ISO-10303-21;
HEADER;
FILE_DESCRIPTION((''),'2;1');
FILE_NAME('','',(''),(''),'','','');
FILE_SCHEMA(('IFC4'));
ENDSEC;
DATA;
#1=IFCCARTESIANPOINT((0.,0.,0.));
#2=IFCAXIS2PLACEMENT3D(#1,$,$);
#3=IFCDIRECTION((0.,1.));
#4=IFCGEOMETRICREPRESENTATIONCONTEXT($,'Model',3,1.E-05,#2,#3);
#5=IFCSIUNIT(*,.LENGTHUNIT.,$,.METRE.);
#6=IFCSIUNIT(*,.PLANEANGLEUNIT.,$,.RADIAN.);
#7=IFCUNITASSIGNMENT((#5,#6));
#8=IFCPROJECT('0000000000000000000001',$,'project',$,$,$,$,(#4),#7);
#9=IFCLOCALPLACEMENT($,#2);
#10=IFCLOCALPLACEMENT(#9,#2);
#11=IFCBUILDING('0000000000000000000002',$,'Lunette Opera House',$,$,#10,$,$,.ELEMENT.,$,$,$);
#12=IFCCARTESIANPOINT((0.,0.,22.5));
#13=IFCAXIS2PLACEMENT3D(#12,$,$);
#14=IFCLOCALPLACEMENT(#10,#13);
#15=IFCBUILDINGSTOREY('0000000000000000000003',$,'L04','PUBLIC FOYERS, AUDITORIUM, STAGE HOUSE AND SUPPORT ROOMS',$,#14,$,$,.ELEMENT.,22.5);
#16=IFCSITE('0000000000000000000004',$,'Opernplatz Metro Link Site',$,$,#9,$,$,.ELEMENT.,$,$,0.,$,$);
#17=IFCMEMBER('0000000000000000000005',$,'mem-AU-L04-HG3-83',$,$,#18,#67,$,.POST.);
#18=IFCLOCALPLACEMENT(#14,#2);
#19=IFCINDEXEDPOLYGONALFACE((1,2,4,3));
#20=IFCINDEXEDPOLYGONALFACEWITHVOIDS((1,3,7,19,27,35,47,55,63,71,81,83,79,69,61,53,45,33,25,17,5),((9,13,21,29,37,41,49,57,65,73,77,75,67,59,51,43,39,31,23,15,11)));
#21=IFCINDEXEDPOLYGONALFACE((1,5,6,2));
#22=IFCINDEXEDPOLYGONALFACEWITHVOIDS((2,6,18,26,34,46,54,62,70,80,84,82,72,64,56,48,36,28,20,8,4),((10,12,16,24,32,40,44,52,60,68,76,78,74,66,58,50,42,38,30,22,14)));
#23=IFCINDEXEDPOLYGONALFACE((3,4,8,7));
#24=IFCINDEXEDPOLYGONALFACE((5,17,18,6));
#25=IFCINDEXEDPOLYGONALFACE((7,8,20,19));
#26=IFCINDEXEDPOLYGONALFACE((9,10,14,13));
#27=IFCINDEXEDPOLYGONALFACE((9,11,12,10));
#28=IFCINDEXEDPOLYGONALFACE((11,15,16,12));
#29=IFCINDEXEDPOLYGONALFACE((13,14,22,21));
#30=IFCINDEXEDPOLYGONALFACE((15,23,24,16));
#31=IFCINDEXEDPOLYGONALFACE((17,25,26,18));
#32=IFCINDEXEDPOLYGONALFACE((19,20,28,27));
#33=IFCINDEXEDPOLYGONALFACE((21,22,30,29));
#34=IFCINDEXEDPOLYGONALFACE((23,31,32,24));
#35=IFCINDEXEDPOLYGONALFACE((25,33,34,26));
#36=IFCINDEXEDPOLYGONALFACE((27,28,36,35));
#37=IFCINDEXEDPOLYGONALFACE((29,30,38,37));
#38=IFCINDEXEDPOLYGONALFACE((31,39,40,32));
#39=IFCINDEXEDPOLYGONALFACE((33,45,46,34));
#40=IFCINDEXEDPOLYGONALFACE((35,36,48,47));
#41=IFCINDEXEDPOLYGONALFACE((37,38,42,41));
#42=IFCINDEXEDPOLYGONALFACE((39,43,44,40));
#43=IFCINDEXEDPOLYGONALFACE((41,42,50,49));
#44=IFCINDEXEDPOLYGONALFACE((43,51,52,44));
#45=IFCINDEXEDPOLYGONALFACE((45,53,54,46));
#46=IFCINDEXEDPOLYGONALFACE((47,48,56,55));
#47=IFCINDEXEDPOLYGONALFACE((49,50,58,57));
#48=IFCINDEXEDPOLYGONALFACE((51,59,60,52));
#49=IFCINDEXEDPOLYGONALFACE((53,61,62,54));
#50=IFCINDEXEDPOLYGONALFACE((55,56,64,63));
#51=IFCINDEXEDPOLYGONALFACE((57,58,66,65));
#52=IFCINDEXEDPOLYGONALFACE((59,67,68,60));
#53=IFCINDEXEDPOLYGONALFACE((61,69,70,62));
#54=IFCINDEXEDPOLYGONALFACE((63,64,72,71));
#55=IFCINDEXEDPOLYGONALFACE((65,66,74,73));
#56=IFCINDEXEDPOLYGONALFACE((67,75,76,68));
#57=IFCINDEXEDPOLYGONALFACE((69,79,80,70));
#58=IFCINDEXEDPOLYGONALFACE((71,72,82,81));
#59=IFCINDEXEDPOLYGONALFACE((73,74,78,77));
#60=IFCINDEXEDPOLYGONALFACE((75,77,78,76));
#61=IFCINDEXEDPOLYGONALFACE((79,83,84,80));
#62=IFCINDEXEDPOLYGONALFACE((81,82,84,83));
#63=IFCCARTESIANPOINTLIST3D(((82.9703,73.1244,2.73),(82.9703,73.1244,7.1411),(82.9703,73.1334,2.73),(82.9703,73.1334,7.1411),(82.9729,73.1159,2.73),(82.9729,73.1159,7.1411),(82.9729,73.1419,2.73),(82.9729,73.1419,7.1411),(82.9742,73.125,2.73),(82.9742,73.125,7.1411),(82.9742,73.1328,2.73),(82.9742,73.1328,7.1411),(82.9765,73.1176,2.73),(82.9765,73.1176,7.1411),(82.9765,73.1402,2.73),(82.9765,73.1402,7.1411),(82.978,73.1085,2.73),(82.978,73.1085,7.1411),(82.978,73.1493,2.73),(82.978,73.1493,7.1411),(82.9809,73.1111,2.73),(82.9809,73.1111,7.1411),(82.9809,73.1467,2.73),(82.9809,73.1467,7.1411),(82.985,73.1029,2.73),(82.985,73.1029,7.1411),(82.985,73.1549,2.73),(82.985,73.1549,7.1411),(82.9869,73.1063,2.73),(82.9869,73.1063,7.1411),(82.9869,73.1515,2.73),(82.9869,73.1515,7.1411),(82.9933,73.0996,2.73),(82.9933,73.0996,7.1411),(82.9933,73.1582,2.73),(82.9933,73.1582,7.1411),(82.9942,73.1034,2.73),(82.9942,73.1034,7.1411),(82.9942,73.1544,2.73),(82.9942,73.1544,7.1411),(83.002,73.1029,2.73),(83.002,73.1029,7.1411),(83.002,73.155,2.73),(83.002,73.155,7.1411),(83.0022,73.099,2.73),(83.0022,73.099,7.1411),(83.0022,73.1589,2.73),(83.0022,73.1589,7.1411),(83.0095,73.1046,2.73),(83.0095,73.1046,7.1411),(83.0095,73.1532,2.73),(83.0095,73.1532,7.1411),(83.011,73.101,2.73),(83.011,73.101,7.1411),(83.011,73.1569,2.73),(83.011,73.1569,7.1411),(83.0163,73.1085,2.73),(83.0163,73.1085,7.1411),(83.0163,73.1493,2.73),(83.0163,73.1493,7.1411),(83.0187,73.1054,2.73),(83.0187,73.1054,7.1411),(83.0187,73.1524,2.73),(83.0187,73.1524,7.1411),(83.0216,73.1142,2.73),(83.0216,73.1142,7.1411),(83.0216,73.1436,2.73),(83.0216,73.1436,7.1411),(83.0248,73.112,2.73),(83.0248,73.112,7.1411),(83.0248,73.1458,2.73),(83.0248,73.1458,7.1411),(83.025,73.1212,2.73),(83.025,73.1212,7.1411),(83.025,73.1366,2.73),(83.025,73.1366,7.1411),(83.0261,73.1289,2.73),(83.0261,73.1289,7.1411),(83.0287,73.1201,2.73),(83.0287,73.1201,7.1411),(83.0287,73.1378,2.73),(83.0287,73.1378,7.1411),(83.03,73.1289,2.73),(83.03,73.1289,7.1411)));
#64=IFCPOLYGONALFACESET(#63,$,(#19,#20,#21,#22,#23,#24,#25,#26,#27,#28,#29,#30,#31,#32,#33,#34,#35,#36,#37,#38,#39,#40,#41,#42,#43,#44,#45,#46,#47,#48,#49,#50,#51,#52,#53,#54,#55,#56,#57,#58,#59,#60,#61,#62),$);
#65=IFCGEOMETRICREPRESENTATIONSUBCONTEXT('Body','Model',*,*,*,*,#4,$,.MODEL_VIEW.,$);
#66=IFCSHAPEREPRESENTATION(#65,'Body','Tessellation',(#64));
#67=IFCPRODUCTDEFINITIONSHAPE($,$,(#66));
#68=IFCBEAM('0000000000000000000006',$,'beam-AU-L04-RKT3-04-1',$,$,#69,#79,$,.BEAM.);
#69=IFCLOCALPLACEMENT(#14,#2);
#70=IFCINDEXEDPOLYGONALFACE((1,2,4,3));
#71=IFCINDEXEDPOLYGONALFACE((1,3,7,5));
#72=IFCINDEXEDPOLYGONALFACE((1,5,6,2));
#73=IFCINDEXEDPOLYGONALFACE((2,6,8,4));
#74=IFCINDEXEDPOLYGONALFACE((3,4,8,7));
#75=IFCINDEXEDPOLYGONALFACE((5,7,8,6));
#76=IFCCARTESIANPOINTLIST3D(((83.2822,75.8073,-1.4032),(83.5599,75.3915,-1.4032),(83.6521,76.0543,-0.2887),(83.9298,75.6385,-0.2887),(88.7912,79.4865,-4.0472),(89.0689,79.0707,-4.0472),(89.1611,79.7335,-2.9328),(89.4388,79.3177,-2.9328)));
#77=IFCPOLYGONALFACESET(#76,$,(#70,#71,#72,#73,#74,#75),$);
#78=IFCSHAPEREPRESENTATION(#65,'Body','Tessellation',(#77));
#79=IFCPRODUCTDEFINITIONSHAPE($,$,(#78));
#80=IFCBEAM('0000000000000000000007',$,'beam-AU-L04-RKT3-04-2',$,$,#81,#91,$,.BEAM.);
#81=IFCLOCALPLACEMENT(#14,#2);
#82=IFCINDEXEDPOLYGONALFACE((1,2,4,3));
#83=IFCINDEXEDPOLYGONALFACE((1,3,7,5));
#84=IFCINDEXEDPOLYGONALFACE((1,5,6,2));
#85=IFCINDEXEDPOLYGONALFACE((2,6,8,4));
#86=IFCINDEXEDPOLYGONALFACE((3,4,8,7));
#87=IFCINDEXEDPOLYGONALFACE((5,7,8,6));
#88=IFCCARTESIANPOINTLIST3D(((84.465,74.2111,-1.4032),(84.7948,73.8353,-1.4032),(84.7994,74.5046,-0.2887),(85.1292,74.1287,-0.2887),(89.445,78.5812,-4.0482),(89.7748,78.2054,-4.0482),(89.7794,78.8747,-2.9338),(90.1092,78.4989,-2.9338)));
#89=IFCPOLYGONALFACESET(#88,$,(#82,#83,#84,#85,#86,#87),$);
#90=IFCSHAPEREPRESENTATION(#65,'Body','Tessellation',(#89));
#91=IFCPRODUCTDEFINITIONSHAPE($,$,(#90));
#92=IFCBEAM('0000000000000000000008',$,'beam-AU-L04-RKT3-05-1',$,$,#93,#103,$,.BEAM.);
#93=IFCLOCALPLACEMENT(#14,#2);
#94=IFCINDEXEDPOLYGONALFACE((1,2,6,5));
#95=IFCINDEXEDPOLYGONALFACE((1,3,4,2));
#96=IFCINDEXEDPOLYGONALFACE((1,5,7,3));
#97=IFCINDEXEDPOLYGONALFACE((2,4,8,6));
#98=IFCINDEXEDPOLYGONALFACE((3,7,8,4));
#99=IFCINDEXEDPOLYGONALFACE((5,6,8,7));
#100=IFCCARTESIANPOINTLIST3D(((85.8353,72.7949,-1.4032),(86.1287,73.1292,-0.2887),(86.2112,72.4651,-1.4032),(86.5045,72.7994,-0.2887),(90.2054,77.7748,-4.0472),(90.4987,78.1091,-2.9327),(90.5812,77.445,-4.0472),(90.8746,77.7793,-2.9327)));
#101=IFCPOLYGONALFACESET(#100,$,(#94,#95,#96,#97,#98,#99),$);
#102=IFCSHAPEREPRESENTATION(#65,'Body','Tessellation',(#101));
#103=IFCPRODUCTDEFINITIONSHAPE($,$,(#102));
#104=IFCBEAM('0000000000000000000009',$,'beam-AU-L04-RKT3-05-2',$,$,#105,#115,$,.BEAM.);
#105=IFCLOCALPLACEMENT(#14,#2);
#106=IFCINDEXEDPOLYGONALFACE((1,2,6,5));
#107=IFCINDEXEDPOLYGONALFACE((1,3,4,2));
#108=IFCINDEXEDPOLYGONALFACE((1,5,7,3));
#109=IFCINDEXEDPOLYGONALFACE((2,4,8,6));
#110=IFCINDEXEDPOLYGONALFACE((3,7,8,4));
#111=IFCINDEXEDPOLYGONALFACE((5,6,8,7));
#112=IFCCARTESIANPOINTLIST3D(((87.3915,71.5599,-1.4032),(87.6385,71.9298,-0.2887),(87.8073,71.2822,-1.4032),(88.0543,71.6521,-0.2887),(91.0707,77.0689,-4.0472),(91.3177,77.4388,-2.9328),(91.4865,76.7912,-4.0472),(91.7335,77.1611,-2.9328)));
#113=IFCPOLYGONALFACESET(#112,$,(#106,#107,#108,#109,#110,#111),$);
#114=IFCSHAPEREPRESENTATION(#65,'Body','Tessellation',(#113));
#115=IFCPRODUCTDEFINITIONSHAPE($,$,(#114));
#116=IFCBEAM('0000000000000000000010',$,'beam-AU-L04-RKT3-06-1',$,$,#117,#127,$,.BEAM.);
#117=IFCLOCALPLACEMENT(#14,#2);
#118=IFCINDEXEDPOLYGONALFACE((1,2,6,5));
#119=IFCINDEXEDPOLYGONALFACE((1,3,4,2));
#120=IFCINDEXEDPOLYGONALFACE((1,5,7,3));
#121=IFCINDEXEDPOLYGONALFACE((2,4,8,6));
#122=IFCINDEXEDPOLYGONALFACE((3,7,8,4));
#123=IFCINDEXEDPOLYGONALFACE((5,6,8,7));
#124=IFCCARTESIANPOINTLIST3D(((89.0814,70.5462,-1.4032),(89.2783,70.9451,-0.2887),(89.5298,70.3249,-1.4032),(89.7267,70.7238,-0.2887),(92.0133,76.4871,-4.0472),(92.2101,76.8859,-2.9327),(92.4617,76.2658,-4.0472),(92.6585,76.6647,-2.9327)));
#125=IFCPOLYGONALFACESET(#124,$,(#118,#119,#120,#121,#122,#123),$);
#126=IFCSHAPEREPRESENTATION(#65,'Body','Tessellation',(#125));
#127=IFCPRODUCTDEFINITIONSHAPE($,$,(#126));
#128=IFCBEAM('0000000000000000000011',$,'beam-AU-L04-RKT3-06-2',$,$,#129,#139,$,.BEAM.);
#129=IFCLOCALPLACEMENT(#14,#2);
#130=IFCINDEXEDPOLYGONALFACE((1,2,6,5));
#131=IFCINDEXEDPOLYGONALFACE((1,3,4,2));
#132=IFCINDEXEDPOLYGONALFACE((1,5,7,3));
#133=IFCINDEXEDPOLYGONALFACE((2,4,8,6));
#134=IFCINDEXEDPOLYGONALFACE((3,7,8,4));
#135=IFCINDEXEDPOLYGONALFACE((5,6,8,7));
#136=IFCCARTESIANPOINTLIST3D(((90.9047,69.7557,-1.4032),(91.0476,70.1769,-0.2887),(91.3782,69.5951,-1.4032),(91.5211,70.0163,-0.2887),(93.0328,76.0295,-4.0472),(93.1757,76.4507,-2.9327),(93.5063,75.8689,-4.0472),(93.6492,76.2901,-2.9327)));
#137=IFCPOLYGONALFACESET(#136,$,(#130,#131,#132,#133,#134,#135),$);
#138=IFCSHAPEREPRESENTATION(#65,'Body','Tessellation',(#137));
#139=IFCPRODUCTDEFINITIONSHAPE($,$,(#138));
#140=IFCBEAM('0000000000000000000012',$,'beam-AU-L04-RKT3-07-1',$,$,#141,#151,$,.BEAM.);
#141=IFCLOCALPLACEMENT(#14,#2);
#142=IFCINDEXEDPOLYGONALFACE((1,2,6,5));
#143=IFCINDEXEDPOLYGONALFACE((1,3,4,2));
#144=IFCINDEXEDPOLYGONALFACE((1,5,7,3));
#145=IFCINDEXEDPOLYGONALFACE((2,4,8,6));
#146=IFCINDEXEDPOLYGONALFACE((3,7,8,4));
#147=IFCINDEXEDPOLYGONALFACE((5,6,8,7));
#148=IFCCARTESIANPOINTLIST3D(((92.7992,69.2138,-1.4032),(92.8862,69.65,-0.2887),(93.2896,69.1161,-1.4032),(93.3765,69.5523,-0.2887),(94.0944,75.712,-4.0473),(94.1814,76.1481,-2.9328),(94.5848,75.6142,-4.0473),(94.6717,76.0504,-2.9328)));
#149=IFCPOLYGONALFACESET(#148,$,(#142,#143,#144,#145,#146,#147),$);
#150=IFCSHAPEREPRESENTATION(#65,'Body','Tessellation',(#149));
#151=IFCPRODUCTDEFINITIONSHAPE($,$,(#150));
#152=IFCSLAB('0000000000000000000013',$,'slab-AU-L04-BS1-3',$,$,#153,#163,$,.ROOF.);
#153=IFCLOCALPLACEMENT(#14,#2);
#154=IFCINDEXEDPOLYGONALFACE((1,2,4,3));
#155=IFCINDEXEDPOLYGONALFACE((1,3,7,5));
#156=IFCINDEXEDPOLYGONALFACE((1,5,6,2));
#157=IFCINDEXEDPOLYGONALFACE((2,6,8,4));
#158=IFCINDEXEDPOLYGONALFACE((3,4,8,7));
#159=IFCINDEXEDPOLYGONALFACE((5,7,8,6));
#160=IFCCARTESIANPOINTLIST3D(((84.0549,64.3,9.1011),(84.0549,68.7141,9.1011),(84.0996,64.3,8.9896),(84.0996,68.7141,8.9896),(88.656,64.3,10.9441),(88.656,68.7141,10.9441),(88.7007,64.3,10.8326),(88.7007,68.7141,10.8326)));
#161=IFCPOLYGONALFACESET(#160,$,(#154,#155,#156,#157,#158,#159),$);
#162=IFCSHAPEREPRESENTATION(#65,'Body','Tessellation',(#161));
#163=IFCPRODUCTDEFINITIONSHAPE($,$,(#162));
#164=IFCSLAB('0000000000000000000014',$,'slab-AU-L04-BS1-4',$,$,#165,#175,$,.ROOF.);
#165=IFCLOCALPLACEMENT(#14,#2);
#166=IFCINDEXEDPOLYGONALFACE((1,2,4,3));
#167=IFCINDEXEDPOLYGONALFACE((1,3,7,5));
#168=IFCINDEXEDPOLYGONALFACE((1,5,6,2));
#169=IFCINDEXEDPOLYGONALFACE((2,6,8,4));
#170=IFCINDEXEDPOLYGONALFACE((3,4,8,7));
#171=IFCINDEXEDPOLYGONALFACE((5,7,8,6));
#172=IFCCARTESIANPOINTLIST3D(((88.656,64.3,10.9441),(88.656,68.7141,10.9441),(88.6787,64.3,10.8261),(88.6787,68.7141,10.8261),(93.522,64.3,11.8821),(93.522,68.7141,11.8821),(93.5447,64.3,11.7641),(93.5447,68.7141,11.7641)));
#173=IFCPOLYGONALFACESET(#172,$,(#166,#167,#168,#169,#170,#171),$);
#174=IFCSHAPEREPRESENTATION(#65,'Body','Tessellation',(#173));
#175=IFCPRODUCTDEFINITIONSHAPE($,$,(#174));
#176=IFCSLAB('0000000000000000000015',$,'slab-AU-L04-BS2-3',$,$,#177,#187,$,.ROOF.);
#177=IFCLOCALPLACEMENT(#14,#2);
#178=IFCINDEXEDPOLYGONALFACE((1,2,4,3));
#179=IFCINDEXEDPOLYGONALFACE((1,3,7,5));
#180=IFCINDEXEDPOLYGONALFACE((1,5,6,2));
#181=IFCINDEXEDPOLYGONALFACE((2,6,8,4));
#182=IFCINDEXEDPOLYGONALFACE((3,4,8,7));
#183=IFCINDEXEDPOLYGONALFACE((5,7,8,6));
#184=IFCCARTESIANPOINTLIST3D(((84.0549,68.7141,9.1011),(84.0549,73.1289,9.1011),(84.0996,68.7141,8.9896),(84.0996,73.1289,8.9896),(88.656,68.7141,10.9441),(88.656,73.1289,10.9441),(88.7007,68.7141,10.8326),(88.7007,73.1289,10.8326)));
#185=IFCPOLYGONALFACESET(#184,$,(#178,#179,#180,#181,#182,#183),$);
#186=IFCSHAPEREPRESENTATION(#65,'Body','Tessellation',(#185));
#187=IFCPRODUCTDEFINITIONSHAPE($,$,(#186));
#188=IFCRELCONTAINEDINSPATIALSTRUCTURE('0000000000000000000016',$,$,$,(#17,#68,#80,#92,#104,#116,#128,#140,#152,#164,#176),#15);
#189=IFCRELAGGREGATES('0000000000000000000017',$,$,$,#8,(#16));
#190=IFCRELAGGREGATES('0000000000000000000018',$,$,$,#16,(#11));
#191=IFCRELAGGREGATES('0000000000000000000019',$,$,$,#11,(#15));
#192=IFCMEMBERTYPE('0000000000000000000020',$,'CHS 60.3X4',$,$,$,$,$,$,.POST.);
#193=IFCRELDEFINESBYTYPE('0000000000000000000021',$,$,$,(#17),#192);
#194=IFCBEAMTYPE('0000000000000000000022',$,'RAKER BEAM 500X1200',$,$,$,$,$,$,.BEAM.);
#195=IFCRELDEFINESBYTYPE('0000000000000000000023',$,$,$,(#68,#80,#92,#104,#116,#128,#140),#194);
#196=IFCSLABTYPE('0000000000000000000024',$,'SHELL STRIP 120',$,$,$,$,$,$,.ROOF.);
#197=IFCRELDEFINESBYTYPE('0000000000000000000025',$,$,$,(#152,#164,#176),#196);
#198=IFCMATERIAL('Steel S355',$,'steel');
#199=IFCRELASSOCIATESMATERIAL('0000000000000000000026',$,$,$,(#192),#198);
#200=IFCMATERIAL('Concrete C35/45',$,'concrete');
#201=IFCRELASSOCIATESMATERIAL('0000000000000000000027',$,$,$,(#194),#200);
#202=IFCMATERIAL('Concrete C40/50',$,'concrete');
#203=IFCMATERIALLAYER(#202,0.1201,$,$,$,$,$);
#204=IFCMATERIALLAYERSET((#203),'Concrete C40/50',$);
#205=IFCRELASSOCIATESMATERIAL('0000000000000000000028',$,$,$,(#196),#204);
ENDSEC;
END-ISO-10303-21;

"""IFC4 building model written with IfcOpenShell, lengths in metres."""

from ifc_helpers import new_model, si_unit, direction, frame, origin, origin_2d, place, context, subcontext, project, spatial, polyline, rectangle, hollow_circle, outline, extrude, material, layer, layer_set, material_profile, profile_set, type_object, element, save


model = new_model("IFC4")

# Units and contexts
model_context = context("Model", 3, precision=1e-05, world=origin(), true_north=direction((0.0, 1.0)))
body_context = subcontext(model_context, "Body", "Model", "MODEL_VIEW")
ifc_project = project(units=[si_unit("LENGTHUNIT", "METRE"), si_unit("PLANEANGLEUNIT", "RADIAN")], contexts=[model_context])

# Site, building, storey
site_placement = place(None, origin())
site = spatial("IfcSite", under=ifc_project, at=site_placement, Name="Opernplatz Metro Link Site", CompositionType="ELEMENT", RefElevation=0.0)
building_placement = place(site_placement, origin())
building = spatial("IfcBuilding", under=site, at=building_placement, Name="Lunette Opera House", CompositionType="ELEMENT")
storey_placement = place(building_placement, frame((0.0, 0.0, 22.5)))
storey = spatial("IfcBuildingStorey", under=building, at=storey_placement, Name="L04", Description="PUBLIC FOYERS, AUDITORIUM, STAGE HOUSE AND SUPPORT ROOMS", CompositionType="ELEMENT", Elevation=22.5)

# Member
ifc_material_1 = material(Name="Steel S355", Category="steel")
ifc_material_profile_1 = material_profile(ifc_material_1, hollow_circle(Radius=0.03, WallThickness=0.0039, at=origin_2d()), Name="CHS 60.3X4")
ifc_profile_set_1 = profile_set([ifc_material_profile_1], Name="Steel S355")
member_type = type_object("IfcMemberType", Name="CHS 60.3X4", PredefinedType="POST", material=ifc_profile_set_1)
for number, where, z_axis, x_axis, name in (
    (1, (83.0, 73.1289, 2.73), (0.0, 0.0, 1.0), (1.0, 0.0, 0.0), "mem-AU-L04-HG3-83"),
):
    element("IfcMember", number, at=place(storey_placement, frame(where, z_axis=z_axis, x_axis=x_axis)), inside=storey, type_object=member_type, Name=name, PredefinedType="POST", context=body_context, shape_type="SweptSolid", body=[
        extrude(hollow_circle(Radius=0.03, WallThickness=0.0039, at=origin_2d()), origin(), (0.0, 0.0, 1.0), 4.4111),
    ])

# Beams
ifc_material_2 = material(Name="Concrete C35/45", Category="concrete")
ifc_material_profile_2 = material_profile(ifc_material_2, rectangle(XDim=0.5, YDim=1.2, at=origin_2d()), Name="RAKER BEAM 500X1200")
ifc_profile_set_2 = profile_set([ifc_material_profile_2], Name="Concrete C35/45")
beam_type_1 = type_object("IfcBeamType", Name="RAKER BEAM 500X1200", PredefinedType="BEAM", material=ifc_profile_set_2)
beam_1_placement = place(storey_placement, frame((83.606, 75.7229, -0.8459), z_axis=(0.772352, 0.515814, -0.370688), x_axis=(-0.55538, 0.831596, 0.0)))
element("IfcBeam", 2, at=beam_1_placement, inside=storey, type_object=beam_type_1, Name="beam-AU-L04-RKT3-04-1", PredefinedType="BEAM", context=body_context, shape_type="SweptSolid", body=[
    extrude(rectangle(XDim=0.5, YDim=1.2, at=origin_2d()), origin(), (0.0, 0.0, 1.0), 7.1328),
])
beam_2_placement = place(storey_placement, frame((84.7971, 74.1699, -0.8459), z_axis=(0.698061, 0.612574, -0.370761), x_axis=(-0.659584, 0.751631, 0.0)))
element("IfcBeam", 3, at=beam_2_placement, inside=storey, type_object=beam_type_1, Name="beam-AU-L04-RKT3-04-2", PredefinedType="BEAM", context=body_context, shape_type="SweptSolid", body=[
    extrude(rectangle(XDim=0.5, YDim=1.2, at=origin_2d()), origin(), (0.0, 0.0, 1.0), 7.134),
])
beam_3_placement = place(storey_placement, frame((86.1699, 72.7971, -0.8459), z_axis=(0.612605, 0.698096, -0.370643), x_axis=(-0.751631, 0.659584, 0.0)))
element("IfcBeam", 4, at=beam_3_placement, inside=storey, type_object=beam_type_1, Name="beam-AU-L04-RKT3-05-1", PredefinedType="BEAM", context=body_context, shape_type="SweptSolid", body=[
    extrude(rectangle(XDim=0.5, YDim=1.2, at=origin_2d()), origin(), (0.0, 0.0, 1.0), 7.1335),
])
beam_4_placement = place(storey_placement, frame((87.7229, 71.606, -0.8459), z_axis=(0.515814, 0.772352, -0.370688), x_axis=(-0.831596, 0.55538, 0.0)))
element("IfcBeam", 5, at=beam_4_placement, inside=storey, type_object=beam_type_1, Name="beam-AU-L04-RKT3-05-2", PredefinedType="BEAM", context=body_context, shape_type="SweptSolid", body=[
    extrude(rectangle(XDim=0.5, YDim=1.2, at=origin_2d()), origin(), (0.0, 0.0, 1.0), 7.1328),
])
for number, where, z_axis, x_axis, name in (
    (6, (89.4041, 70.635, -0.8459), (0.411024, 0.832864, -0.370671), (-0.896744, 0.44255, 0.0), "beam-AU-L04-RKT3-06-1"),
    (7, (91.2129, 69.886, -0.8459), (0.298349, 0.879541, -0.370668), (-0.947001, 0.321231, 0.0), "beam-AU-L04-RKT3-06-2"),
):
    element("IfcBeam", number, at=place(storey_placement, frame(where, z_axis=z_axis, x_axis=x_axis)), inside=storey, type_object=beam_type_1, Name=name, PredefinedType="BEAM", context=body_context, shape_type="SweptSolid", body=[
        extrude(rectangle(XDim=0.5, YDim=1.2, at=origin_2d()), origin(), (0.0, 0.0, 1.0), 7.1331),
    ])
beam_5_placement = place(storey_placement, frame((93.0879, 69.3831, -0.8459), z_axis=(0.18155, 0.910864, -0.370629), x_axis=(-0.980709, 0.195471, 0.0)))
element("IfcBeam", 8, at=beam_5_placement, inside=storey, type_object=beam_type_1, Name="beam-AU-L04-RKT3-07-1", PredefinedType="BEAM", context=body_context, shape_type="SweptSolid", body=[
    extrude(rectangle(XDim=0.5, YDim=1.2, at=origin_2d()), origin(), (0.0, 0.0, 1.0), 7.134),
])

# Slabs
ifc_material_3 = material(Name="Concrete C40/50", Category="concrete")
ifc_layer_1 = layer(ifc_material_3, 0.1201)
ifc_layer_set_1 = layer_set([ifc_layer_1], Name="Concrete C40/50")
slab_type_1 = type_object("IfcSlabType", Name="SHELL STRIP 120", PredefinedType="ROOF", material=ifc_layer_set_1)
slab_1_placement = place(storey_placement, frame((84.0549, 64.3, 9.1011), z_axis=(-0.371841, 0.0, 0.928297), x_axis=(0.928297, 0.0, 0.371841)))
element("IfcSlab", 9, at=slab_1_placement, inside=storey, type_object=slab_type_1, Name="slab-AU-L04-BS1-3", PredefinedType="ROOF", context=body_context, shape_type="SweptSolid", body=[
    extrude(outline(polyline([(0.0, 0.0), (4.9565, 0.0), (4.9565, 4.4141), (0.0, 4.4141), (0.0, 0.0)])), origin(), (0.0, 0.0, -1.0), 0.1201),
])
slab_2_placement = place(storey_placement, frame((88.656, 64.3, 10.9441), z_axis=(-0.18928, 0.0, 0.981923), x_axis=(0.981923, 0.0, 0.18928)))
element("IfcSlab", 10, at=slab_2_placement, inside=storey, type_object=slab_type_1, Name="slab-AU-L04-BS1-4", PredefinedType="ROOF", context=body_context, shape_type="SweptSolid", body=[
    extrude(outline(polyline([(0.0, 0.0), (4.9555, 0.0), (4.9555, 4.4141), (0.0, 4.4141), (0.0, 0.0)])), origin(), (0.0, 0.0, -1.0), 0.1201),
])
slab_3_placement = place(storey_placement, frame((84.0549, 68.7141, 9.1011), z_axis=(-0.371841, 0.0, 0.928297), x_axis=(0.928297, 0.0, 0.371841)))
element("IfcSlab", 11, at=slab_3_placement, inside=storey, type_object=slab_type_1, Name="slab-AU-L04-BS2-3", PredefinedType="ROOF", context=body_context, shape_type="SweptSolid", body=[
    extrude(outline(polyline([(0.0, 0.0), (4.9565, 0.0), (4.9565, 4.4148), (0.0, 4.4148), (0.0, 0.0)])), origin(), (0.0, 0.0, -1.0), 0.1201),
])

save(model, "model.ifc")
